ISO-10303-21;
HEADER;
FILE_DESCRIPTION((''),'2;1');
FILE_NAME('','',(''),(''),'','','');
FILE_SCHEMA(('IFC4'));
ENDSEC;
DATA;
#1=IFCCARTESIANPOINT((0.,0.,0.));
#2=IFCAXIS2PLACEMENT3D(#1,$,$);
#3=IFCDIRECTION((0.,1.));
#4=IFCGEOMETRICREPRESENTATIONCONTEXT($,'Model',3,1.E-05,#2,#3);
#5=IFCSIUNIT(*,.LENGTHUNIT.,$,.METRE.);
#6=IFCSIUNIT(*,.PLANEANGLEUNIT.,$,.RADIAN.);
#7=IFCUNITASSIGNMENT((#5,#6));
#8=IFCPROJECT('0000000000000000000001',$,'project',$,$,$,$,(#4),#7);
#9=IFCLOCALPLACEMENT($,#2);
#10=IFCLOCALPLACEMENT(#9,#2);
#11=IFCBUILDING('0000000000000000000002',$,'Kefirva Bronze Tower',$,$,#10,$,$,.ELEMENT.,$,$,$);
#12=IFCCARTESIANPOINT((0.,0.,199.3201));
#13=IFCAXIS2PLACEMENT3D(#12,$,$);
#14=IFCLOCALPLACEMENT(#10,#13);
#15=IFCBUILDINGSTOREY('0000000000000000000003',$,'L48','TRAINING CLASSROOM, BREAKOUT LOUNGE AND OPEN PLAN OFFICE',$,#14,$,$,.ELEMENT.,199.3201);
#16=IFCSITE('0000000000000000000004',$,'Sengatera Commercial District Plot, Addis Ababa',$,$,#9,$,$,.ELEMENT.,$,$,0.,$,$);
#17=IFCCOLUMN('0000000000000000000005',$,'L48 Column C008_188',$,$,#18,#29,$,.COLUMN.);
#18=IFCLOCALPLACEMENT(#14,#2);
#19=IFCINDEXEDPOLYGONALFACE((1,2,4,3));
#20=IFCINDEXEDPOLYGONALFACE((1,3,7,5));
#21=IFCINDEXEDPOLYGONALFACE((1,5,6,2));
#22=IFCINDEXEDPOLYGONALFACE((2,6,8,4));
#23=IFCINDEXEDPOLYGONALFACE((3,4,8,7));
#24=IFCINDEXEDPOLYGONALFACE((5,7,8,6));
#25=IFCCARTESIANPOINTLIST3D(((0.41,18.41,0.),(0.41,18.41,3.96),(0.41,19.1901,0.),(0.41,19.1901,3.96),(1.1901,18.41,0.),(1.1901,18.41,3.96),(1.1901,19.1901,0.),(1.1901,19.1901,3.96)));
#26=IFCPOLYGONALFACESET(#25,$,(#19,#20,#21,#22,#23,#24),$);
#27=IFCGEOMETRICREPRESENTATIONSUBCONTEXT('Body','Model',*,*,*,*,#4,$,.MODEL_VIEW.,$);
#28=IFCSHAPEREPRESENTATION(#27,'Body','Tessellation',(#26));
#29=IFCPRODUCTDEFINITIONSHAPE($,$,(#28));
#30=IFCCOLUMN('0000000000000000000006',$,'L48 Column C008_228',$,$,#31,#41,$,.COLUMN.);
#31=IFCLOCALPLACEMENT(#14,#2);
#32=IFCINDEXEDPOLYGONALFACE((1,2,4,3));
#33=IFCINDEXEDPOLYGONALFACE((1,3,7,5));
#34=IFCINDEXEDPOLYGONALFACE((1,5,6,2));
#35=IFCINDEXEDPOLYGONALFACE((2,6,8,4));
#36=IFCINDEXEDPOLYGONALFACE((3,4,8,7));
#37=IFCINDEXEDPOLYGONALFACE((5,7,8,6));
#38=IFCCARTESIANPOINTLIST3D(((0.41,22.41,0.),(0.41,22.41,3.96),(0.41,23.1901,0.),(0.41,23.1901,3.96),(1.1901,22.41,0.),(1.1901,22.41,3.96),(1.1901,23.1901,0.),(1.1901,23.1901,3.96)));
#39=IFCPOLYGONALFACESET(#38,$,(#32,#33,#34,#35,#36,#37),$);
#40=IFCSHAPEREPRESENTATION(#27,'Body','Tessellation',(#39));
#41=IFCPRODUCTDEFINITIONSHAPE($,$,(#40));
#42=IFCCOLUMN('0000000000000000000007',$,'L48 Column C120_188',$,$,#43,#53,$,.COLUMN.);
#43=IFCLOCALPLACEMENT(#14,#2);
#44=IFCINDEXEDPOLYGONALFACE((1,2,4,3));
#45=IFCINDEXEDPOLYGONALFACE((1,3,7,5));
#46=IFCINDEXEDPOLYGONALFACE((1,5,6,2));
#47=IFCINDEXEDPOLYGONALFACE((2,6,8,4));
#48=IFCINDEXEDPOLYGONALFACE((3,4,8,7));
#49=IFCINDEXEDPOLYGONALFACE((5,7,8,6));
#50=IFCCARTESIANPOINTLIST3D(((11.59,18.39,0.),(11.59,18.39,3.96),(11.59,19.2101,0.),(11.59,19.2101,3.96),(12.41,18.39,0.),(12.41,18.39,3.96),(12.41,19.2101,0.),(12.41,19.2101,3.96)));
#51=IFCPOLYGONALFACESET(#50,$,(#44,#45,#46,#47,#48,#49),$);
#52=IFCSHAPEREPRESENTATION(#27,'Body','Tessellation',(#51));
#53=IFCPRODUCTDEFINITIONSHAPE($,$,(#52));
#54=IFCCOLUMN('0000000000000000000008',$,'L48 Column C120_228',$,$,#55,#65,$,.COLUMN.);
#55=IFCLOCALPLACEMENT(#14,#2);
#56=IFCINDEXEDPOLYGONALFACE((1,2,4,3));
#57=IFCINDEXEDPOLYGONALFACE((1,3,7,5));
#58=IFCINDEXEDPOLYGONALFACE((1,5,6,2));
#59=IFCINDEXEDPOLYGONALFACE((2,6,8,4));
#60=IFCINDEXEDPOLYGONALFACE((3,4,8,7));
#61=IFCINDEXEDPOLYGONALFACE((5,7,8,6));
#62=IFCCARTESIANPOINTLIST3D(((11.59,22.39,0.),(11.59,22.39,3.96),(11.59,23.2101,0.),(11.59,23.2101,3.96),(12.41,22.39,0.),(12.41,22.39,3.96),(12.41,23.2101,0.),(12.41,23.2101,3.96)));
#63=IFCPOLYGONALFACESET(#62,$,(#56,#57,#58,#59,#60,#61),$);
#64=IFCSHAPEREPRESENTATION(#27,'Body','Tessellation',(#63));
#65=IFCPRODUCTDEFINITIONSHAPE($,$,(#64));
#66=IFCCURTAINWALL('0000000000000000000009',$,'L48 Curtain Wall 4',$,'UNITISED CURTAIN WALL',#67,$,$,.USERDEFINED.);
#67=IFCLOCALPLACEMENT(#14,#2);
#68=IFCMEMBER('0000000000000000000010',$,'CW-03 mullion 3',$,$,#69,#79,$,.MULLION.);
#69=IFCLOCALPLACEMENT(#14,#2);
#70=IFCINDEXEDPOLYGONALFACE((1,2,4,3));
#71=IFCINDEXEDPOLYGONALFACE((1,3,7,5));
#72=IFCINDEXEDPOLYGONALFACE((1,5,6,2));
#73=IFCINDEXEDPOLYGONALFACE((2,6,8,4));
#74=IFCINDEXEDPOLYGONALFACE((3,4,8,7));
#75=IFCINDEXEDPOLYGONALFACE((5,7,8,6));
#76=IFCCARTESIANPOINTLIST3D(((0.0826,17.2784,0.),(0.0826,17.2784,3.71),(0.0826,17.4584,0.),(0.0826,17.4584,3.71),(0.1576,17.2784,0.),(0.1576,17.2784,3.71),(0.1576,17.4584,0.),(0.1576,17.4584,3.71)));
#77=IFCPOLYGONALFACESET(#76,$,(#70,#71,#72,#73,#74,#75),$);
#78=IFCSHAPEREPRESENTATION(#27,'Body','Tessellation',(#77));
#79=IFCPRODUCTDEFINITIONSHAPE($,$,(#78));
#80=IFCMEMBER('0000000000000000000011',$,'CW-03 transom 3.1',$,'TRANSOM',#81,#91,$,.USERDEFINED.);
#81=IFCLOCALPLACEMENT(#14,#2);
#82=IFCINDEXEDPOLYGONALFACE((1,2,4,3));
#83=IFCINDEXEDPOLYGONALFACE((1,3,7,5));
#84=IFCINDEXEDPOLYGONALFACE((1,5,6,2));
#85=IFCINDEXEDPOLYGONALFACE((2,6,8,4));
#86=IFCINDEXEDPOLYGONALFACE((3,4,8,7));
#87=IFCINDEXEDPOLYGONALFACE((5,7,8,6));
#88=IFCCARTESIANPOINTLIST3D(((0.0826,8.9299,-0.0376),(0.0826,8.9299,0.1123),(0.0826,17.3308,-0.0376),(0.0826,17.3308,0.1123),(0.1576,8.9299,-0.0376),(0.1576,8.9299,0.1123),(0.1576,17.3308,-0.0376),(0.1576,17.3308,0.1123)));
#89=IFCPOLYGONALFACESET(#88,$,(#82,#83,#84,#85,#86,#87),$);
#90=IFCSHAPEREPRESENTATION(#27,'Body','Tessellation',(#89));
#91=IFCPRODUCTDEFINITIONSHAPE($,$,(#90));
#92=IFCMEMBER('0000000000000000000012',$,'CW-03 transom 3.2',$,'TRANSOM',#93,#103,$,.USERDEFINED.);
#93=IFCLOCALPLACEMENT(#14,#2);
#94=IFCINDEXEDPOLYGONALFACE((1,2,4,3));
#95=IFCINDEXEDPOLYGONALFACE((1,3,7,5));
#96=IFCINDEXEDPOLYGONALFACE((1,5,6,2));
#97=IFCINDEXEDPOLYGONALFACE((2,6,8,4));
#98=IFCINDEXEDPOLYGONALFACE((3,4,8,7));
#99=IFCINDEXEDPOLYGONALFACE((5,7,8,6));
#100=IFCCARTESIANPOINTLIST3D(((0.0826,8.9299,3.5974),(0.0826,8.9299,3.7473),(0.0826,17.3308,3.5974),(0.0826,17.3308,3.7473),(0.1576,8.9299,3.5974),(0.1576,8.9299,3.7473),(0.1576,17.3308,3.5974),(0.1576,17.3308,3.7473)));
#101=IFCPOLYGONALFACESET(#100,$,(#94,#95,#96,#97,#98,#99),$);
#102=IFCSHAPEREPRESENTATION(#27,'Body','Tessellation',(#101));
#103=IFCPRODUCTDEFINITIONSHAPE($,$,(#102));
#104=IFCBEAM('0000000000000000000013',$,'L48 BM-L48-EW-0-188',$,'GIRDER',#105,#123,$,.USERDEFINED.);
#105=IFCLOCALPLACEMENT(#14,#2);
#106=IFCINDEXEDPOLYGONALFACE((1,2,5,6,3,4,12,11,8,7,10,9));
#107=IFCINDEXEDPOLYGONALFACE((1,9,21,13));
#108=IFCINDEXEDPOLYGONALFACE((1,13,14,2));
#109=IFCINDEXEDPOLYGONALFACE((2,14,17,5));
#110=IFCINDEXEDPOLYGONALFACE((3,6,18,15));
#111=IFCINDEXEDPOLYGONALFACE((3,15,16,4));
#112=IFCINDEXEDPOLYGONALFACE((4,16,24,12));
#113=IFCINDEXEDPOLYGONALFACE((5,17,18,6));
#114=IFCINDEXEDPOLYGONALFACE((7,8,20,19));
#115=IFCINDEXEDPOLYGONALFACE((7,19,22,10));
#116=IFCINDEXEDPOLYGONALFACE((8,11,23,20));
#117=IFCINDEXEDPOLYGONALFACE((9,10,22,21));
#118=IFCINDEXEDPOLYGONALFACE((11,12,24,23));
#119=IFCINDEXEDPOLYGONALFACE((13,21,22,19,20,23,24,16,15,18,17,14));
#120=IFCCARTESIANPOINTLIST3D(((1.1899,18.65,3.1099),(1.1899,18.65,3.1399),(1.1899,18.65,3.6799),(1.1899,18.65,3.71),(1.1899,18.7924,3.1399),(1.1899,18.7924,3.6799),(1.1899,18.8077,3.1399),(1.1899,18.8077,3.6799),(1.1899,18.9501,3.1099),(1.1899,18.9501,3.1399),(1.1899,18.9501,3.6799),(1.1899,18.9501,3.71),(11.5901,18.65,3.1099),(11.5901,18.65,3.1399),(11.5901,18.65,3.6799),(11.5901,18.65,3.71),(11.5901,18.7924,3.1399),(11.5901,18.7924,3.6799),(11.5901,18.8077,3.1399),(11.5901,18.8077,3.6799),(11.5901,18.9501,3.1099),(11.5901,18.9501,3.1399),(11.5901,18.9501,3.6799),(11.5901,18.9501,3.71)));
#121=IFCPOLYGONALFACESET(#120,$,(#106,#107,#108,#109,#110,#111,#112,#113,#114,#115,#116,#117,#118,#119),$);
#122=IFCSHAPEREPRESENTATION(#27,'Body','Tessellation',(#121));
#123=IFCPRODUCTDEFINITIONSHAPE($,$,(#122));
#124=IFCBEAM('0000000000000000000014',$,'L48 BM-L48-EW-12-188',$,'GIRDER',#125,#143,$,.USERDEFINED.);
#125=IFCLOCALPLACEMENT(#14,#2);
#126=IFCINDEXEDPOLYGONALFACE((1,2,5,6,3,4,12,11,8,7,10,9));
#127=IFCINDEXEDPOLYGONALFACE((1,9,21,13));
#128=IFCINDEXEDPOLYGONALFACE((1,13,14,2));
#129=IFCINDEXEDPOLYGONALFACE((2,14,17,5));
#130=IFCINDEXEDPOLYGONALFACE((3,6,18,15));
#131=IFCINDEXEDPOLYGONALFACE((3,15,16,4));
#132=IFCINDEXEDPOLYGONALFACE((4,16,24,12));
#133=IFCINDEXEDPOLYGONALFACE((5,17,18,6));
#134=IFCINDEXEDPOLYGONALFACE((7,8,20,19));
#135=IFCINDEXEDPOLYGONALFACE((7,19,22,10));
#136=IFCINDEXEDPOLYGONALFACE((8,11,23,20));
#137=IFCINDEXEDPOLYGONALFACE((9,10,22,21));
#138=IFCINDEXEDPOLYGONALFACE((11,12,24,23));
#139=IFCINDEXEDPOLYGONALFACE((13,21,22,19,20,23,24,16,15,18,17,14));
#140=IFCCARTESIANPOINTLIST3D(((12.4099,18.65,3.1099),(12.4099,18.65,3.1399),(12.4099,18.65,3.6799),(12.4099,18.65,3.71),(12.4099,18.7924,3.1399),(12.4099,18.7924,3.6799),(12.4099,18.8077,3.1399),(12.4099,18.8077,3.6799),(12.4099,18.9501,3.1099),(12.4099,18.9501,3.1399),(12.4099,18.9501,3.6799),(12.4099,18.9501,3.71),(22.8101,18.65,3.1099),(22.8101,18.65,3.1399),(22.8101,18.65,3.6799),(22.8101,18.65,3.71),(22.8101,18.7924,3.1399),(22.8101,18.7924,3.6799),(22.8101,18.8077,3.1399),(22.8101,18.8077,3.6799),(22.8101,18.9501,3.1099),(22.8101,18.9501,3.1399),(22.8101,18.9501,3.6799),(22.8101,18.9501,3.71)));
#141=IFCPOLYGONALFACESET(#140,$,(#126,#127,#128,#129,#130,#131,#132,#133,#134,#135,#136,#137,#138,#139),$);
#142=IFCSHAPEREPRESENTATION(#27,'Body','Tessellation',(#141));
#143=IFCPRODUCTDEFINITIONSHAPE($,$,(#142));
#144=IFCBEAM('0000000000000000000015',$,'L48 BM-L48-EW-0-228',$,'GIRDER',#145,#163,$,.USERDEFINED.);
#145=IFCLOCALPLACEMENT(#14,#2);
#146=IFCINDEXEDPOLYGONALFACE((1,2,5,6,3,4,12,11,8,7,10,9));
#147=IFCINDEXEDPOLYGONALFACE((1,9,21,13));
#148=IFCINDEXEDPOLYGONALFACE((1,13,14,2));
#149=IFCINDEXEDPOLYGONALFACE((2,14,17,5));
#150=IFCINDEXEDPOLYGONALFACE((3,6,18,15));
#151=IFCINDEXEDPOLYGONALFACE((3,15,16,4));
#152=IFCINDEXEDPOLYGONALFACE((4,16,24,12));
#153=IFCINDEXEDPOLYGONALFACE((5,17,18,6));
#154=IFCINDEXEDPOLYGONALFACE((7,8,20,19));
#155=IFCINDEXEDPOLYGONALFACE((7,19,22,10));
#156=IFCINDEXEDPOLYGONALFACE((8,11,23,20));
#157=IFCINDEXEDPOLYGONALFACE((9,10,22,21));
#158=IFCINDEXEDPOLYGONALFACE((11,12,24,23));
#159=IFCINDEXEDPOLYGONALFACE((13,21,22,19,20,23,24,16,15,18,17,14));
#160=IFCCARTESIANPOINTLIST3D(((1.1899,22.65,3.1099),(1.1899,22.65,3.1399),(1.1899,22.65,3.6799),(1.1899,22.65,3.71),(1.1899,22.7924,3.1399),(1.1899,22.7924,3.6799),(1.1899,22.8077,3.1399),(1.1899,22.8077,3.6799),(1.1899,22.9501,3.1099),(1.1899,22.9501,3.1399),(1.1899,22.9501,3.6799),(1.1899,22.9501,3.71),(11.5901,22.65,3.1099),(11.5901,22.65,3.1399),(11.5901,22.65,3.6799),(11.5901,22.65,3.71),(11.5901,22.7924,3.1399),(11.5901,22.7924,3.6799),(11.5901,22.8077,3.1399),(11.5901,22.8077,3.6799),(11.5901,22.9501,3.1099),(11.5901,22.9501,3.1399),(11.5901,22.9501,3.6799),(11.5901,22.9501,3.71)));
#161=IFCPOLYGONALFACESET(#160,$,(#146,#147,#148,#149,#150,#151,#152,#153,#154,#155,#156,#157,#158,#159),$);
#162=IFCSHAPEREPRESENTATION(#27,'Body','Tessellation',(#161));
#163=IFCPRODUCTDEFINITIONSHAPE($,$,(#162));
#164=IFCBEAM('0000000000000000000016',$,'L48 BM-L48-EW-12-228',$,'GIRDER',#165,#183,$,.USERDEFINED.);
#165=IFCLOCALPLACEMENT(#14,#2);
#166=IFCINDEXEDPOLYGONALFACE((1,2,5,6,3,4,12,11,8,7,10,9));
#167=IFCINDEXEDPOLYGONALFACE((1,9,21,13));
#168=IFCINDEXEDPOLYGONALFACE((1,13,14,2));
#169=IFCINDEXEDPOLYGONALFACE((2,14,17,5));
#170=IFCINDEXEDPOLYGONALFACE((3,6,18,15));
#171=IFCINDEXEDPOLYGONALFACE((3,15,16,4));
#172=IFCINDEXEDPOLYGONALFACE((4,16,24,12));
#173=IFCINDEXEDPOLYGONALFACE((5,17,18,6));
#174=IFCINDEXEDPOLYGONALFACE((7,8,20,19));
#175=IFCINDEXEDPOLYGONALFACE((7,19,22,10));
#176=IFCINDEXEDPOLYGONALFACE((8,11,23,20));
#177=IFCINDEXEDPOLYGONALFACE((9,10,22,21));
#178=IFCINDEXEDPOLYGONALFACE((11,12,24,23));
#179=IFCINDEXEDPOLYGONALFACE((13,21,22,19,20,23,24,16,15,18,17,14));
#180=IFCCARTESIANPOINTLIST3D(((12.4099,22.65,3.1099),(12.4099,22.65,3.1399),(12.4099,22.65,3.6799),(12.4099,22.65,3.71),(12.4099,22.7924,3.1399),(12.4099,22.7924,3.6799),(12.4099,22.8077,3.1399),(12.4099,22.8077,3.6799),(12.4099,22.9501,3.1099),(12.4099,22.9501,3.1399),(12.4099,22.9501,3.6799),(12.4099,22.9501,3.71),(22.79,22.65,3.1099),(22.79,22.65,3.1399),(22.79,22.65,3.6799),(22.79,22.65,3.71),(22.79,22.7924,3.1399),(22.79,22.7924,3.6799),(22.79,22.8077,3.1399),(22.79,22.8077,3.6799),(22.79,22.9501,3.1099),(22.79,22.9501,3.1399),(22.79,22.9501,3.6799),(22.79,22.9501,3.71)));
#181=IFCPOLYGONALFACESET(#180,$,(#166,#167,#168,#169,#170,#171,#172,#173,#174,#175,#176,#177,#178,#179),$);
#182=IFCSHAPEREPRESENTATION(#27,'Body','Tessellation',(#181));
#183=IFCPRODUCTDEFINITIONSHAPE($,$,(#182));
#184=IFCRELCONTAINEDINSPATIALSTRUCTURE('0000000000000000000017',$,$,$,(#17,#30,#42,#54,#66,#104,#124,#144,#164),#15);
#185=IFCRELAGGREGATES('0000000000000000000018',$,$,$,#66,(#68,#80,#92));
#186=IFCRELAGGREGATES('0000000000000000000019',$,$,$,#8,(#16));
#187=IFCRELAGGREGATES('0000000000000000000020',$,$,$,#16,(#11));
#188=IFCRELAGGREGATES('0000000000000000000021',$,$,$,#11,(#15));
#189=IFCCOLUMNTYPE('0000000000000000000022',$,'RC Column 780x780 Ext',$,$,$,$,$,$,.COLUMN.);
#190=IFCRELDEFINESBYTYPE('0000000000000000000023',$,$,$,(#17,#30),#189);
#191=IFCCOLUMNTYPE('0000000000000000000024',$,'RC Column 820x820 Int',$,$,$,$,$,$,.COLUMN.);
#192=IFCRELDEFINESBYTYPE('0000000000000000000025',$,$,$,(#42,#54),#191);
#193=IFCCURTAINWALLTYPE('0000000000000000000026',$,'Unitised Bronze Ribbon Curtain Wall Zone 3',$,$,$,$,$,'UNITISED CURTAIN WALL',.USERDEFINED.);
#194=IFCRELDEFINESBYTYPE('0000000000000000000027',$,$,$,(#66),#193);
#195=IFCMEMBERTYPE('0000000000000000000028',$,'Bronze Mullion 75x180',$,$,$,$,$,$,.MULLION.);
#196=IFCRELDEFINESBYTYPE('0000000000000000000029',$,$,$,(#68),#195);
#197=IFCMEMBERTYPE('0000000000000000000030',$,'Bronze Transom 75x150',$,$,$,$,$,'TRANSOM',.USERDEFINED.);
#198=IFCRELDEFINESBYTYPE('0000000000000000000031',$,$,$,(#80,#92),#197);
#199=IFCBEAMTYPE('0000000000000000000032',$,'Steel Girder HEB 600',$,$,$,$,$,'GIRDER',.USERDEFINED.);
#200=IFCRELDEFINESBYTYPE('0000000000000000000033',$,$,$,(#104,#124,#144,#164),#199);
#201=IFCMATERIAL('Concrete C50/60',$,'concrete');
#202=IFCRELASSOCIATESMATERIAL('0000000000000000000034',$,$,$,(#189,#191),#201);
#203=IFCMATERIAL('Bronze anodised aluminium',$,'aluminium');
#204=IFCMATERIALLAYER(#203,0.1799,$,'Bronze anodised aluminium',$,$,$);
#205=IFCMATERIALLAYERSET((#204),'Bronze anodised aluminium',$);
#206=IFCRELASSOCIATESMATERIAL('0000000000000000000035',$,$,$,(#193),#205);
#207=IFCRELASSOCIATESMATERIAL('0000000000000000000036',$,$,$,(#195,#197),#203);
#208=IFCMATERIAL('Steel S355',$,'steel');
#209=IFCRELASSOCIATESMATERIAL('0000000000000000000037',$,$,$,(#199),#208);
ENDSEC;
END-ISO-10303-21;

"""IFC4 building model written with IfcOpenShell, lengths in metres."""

from ifc_helpers import new_model, si_unit, direction, frame, origin, origin_2d, place, context, subcontext, project, spatial, rectangle, i_section, extrude, material, layer, layer_set, material_profile, profile_set, type_object, element, aggregate, save


model = new_model("IFC4")

# Units and contexts
model_context = context("Model", 3, precision=1e-05, world=origin(), true_north=direction((0.0, 1.0)))
body_context = subcontext(model_context, "Body", "Model", "MODEL_VIEW")
ifc_project = project(units=[si_unit("LENGTHUNIT", "METRE"), si_unit("PLANEANGLEUNIT", "RADIAN")], contexts=[model_context])

# Site, building, storey
site_placement = place(None, origin())
site = spatial("IfcSite", under=ifc_project, at=site_placement, Name="Sengatera Commercial District Plot, Addis Ababa", CompositionType="ELEMENT", RefElevation=0.0)
building_placement = place(site_placement, origin())
building = spatial("IfcBuilding", under=site, at=building_placement, Name="Kefirva Bronze Tower", CompositionType="ELEMENT")
storey_placement = place(building_placement, frame((0.0, 0.0, 199.3201)))
storey = spatial("IfcBuildingStorey", under=building, at=storey_placement, Name="L48", Description="TRAINING CLASSROOM, BREAKOUT LOUNGE AND OPEN PLAN OFFICE", CompositionType="ELEMENT", Elevation=199.3201)

# Columns
ifc_material_1 = material(Name="Concrete C50/60", Category="concrete")
ifc_material_profile_1 = material_profile(ifc_material_1, rectangle(XDim=0.78, YDim=0.78, at=origin_2d()), Name="RC 780x780")
ifc_profile_set_1 = profile_set([ifc_material_profile_1], Name="Concrete C50/60")
column_type_1 = type_object("IfcColumnType", Name="RC Column 780x780 Ext", PredefinedType="COLUMN", material=ifc_profile_set_1)
for number, where, z_axis, x_axis, name in (
    (1, (0.8, 18.8, 0.0), (0.0, 0.0, 1.0), (1.0, 0.0, 0.0), "L48 Column C008_188"),
    (2, (0.8, 22.8, 0.0), (0.0, 0.0, 1.0), (1.0, 0.0, 0.0), "L48 Column C008_228"),
):
    element("IfcColumn", number, at=place(storey_placement, frame(where, z_axis=z_axis, x_axis=x_axis)), inside=storey, type_object=column_type_1, Name=name, PredefinedType="COLUMN", context=body_context, shape_type="SweptSolid", body=[
        extrude(rectangle(XDim=0.78, YDim=0.78, at=origin_2d()), origin(), (0.0, 0.0, 1.0), 3.96),
    ])
ifc_material_profile_2 = material_profile(ifc_material_1, rectangle(XDim=0.8201, YDim=0.8201, at=origin_2d()), Name="RC 820x820")
ifc_profile_set_2 = profile_set([ifc_material_profile_2], Name="Concrete C50/60")
column_type_2 = type_object("IfcColumnType", Name="RC Column 820x820 Int", PredefinedType="COLUMN", material=ifc_profile_set_2)
for number, where, z_axis, x_axis, name in (
    (3, (12.0, 18.8, 0.0), (0.0, 0.0, 1.0), (1.0, 0.0, 0.0), "L48 Column C120_188"),
    (4, (12.0, 22.8, 0.0), (0.0, 0.0, 1.0), (1.0, 0.0, 0.0), "L48 Column C120_228"),
):
    element("IfcColumn", number, at=place(storey_placement, frame(where, z_axis=z_axis, x_axis=x_axis)), inside=storey, type_object=column_type_2, Name=name, PredefinedType="COLUMN", context=body_context, shape_type="SweptSolid", body=[
        extrude(rectangle(XDim=0.8201, YDim=0.8201, at=origin_2d()), origin(), (0.0, 0.0, 1.0), 3.96),
    ])

# Curtain wall, members
ifc_material_2 = material(Name="Bronze anodised aluminium", Category="aluminium")
ifc_layer_1 = layer(ifc_material_2, 0.1799, Name="Bronze anodised aluminium")
ifc_layer_set_1 = layer_set([ifc_layer_1], Name="Bronze anodised aluminium")
curtain_wall_type = type_object("IfcCurtainWallType", Name="Unitised Bronze Ribbon Curtain Wall Zone 3", ElementType="UNITISED CURTAIN WALL", PredefinedType="USERDEFINED", material=ifc_layer_set_1)
curtain_wall_placement = place(storey_placement, origin())
curtain_wall = element("IfcCurtainWall", 5, at=curtain_wall_placement, inside=storey, type_object=curtain_wall_type, Name="L48 Curtain Wall 4", ObjectType="UNITISED CURTAIN WALL", PredefinedType="USERDEFINED")
ifc_material_profile_3 = material_profile(ifc_material_2, rectangle(XDim=0.075, YDim=0.1799, at=origin_2d()), Name="ALU 75x180")
ifc_profile_set_3 = profile_set([ifc_material_profile_3], Name="Bronze anodised aluminium")
member_type_1 = type_object("IfcMemberType", Name="Bronze Mullion 75x180", PredefinedType="MULLION", material=ifc_profile_set_3)
member_1_placement = place(storey_placement, frame((0.1201, 17.3684, 0.0), z_axis=(0.0, 0.0, 1.0), x_axis=(1.0, 0.0, 0.0)))
member_1 = element("IfcMember", 6, at=member_1_placement, type_object=member_type_1, Name="CW-03 mullion 3", PredefinedType="MULLION", context=body_context, shape_type="SweptSolid", body=[
    extrude(rectangle(XDim=0.075, YDim=0.1799, at=origin_2d()), origin(), (0.0, 0.0, 1.0), 3.71),
])
ifc_material_profile_4 = material_profile(ifc_material_2, rectangle(XDim=0.075, YDim=0.1499, at=origin_2d()), Name="ALU 75x150")
ifc_profile_set_4 = profile_set([ifc_material_profile_4], Name="Bronze anodised aluminium")
member_type_2 = type_object("IfcMemberType", Name="Bronze Transom 75x150", ElementType="TRANSOM", PredefinedType="USERDEFINED", material=ifc_profile_set_4)
member_2_placement = place(storey_placement, frame((0.1201, 17.3308, 0.0374), z_axis=(0.0, -1.0, 0.0), x_axis=(1.0, 0.0, 0.0)))
member_2 = element("IfcMember", 7, at=member_2_placement, type_object=member_type_2, Name="CW-03 transom 3.1", ObjectType="TRANSOM", PredefinedType="USERDEFINED", context=body_context, shape_type="SweptSolid", body=[
    extrude(rectangle(XDim=0.075, YDim=0.1499, at=origin_2d()), origin(), (0.0, 0.0, 1.0), 8.4009),
])
member_3_placement = place(storey_placement, frame((0.1201, 17.3308, 3.6724), z_axis=(0.0, -1.0, 0.0), x_axis=(1.0, 0.0, 0.0)))
member_3 = element("IfcMember", 8, at=member_3_placement, type_object=member_type_2, Name="CW-03 transom 3.2", ObjectType="TRANSOM", PredefinedType="USERDEFINED", context=body_context, shape_type="SweptSolid", body=[
    extrude(rectangle(XDim=0.075, YDim=0.1499, at=origin_2d()), origin(), (0.0, 0.0, 1.0), 8.4009),
])

# Beams
ifc_material_3 = material(Name="Steel S355", Category="steel")
ifc_material_profile_5 = material_profile(ifc_material_3, i_section(OverallWidth=0.3, OverallDepth=0.6001, WebThickness=0.0154, FlangeThickness=0.03, at=origin_2d()), Name="HEB 600")
ifc_profile_set_5 = profile_set([ifc_material_profile_5], Name="Steel S355")
beam_type_1 = type_object("IfcBeamType", Name="Steel Girder HEB 600", ElementType="GIRDER", PredefinedType="USERDEFINED", material=ifc_profile_set_5)
for number, where, z_axis, x_axis, name in (
    (9, (1.1899, 18.8, 3.4099), (1.0, 0.0, 0.0), (0.0, 1.0, 0.0), "L48 BM-L48-EW-0-188"),
    (10, (12.4099, 18.8, 3.4099), (1.0, 0.0, 0.0), (0.0, 1.0, 0.0), "L48 BM-L48-EW-12-188"),
    (11, (1.1899, 22.8, 3.4099), (1.0, 0.0, 0.0), (0.0, 1.0, 0.0), "L48 BM-L48-EW-0-228"),
):
    element("IfcBeam", number, at=place(storey_placement, frame(where, z_axis=z_axis, x_axis=x_axis)), inside=storey, type_object=beam_type_1, Name=name, ObjectType="GIRDER", PredefinedType="USERDEFINED", context=body_context, shape_type="SweptSolid", body=[
        extrude(i_section(OverallWidth=0.3, OverallDepth=0.6001, WebThickness=0.0154, FlangeThickness=0.03, at=origin_2d()), origin(), (0.0, 0.0, 1.0), 10.4001),
    ])
beam_1_placement = place(storey_placement, frame((12.4099, 22.8, 3.4099), z_axis=(1.0, 0.0, 0.0), x_axis=(0.0, 1.0, 0.0)))
element("IfcBeam", 12, at=beam_1_placement, inside=storey, type_object=beam_type_1, Name="L48 BM-L48-EW-12-228", ObjectType="GIRDER", PredefinedType="USERDEFINED", context=body_context, shape_type="SweptSolid", body=[
    extrude(i_section(OverallWidth=0.3, OverallDepth=0.6001, WebThickness=0.0154, FlangeThickness=0.03, at=origin_2d()), origin(), (0.0, 0.0, 1.0), 10.3801),
])

aggregate(curtain_wall, [member_1, member_2, member_3])

save(model, "model.ifc")
